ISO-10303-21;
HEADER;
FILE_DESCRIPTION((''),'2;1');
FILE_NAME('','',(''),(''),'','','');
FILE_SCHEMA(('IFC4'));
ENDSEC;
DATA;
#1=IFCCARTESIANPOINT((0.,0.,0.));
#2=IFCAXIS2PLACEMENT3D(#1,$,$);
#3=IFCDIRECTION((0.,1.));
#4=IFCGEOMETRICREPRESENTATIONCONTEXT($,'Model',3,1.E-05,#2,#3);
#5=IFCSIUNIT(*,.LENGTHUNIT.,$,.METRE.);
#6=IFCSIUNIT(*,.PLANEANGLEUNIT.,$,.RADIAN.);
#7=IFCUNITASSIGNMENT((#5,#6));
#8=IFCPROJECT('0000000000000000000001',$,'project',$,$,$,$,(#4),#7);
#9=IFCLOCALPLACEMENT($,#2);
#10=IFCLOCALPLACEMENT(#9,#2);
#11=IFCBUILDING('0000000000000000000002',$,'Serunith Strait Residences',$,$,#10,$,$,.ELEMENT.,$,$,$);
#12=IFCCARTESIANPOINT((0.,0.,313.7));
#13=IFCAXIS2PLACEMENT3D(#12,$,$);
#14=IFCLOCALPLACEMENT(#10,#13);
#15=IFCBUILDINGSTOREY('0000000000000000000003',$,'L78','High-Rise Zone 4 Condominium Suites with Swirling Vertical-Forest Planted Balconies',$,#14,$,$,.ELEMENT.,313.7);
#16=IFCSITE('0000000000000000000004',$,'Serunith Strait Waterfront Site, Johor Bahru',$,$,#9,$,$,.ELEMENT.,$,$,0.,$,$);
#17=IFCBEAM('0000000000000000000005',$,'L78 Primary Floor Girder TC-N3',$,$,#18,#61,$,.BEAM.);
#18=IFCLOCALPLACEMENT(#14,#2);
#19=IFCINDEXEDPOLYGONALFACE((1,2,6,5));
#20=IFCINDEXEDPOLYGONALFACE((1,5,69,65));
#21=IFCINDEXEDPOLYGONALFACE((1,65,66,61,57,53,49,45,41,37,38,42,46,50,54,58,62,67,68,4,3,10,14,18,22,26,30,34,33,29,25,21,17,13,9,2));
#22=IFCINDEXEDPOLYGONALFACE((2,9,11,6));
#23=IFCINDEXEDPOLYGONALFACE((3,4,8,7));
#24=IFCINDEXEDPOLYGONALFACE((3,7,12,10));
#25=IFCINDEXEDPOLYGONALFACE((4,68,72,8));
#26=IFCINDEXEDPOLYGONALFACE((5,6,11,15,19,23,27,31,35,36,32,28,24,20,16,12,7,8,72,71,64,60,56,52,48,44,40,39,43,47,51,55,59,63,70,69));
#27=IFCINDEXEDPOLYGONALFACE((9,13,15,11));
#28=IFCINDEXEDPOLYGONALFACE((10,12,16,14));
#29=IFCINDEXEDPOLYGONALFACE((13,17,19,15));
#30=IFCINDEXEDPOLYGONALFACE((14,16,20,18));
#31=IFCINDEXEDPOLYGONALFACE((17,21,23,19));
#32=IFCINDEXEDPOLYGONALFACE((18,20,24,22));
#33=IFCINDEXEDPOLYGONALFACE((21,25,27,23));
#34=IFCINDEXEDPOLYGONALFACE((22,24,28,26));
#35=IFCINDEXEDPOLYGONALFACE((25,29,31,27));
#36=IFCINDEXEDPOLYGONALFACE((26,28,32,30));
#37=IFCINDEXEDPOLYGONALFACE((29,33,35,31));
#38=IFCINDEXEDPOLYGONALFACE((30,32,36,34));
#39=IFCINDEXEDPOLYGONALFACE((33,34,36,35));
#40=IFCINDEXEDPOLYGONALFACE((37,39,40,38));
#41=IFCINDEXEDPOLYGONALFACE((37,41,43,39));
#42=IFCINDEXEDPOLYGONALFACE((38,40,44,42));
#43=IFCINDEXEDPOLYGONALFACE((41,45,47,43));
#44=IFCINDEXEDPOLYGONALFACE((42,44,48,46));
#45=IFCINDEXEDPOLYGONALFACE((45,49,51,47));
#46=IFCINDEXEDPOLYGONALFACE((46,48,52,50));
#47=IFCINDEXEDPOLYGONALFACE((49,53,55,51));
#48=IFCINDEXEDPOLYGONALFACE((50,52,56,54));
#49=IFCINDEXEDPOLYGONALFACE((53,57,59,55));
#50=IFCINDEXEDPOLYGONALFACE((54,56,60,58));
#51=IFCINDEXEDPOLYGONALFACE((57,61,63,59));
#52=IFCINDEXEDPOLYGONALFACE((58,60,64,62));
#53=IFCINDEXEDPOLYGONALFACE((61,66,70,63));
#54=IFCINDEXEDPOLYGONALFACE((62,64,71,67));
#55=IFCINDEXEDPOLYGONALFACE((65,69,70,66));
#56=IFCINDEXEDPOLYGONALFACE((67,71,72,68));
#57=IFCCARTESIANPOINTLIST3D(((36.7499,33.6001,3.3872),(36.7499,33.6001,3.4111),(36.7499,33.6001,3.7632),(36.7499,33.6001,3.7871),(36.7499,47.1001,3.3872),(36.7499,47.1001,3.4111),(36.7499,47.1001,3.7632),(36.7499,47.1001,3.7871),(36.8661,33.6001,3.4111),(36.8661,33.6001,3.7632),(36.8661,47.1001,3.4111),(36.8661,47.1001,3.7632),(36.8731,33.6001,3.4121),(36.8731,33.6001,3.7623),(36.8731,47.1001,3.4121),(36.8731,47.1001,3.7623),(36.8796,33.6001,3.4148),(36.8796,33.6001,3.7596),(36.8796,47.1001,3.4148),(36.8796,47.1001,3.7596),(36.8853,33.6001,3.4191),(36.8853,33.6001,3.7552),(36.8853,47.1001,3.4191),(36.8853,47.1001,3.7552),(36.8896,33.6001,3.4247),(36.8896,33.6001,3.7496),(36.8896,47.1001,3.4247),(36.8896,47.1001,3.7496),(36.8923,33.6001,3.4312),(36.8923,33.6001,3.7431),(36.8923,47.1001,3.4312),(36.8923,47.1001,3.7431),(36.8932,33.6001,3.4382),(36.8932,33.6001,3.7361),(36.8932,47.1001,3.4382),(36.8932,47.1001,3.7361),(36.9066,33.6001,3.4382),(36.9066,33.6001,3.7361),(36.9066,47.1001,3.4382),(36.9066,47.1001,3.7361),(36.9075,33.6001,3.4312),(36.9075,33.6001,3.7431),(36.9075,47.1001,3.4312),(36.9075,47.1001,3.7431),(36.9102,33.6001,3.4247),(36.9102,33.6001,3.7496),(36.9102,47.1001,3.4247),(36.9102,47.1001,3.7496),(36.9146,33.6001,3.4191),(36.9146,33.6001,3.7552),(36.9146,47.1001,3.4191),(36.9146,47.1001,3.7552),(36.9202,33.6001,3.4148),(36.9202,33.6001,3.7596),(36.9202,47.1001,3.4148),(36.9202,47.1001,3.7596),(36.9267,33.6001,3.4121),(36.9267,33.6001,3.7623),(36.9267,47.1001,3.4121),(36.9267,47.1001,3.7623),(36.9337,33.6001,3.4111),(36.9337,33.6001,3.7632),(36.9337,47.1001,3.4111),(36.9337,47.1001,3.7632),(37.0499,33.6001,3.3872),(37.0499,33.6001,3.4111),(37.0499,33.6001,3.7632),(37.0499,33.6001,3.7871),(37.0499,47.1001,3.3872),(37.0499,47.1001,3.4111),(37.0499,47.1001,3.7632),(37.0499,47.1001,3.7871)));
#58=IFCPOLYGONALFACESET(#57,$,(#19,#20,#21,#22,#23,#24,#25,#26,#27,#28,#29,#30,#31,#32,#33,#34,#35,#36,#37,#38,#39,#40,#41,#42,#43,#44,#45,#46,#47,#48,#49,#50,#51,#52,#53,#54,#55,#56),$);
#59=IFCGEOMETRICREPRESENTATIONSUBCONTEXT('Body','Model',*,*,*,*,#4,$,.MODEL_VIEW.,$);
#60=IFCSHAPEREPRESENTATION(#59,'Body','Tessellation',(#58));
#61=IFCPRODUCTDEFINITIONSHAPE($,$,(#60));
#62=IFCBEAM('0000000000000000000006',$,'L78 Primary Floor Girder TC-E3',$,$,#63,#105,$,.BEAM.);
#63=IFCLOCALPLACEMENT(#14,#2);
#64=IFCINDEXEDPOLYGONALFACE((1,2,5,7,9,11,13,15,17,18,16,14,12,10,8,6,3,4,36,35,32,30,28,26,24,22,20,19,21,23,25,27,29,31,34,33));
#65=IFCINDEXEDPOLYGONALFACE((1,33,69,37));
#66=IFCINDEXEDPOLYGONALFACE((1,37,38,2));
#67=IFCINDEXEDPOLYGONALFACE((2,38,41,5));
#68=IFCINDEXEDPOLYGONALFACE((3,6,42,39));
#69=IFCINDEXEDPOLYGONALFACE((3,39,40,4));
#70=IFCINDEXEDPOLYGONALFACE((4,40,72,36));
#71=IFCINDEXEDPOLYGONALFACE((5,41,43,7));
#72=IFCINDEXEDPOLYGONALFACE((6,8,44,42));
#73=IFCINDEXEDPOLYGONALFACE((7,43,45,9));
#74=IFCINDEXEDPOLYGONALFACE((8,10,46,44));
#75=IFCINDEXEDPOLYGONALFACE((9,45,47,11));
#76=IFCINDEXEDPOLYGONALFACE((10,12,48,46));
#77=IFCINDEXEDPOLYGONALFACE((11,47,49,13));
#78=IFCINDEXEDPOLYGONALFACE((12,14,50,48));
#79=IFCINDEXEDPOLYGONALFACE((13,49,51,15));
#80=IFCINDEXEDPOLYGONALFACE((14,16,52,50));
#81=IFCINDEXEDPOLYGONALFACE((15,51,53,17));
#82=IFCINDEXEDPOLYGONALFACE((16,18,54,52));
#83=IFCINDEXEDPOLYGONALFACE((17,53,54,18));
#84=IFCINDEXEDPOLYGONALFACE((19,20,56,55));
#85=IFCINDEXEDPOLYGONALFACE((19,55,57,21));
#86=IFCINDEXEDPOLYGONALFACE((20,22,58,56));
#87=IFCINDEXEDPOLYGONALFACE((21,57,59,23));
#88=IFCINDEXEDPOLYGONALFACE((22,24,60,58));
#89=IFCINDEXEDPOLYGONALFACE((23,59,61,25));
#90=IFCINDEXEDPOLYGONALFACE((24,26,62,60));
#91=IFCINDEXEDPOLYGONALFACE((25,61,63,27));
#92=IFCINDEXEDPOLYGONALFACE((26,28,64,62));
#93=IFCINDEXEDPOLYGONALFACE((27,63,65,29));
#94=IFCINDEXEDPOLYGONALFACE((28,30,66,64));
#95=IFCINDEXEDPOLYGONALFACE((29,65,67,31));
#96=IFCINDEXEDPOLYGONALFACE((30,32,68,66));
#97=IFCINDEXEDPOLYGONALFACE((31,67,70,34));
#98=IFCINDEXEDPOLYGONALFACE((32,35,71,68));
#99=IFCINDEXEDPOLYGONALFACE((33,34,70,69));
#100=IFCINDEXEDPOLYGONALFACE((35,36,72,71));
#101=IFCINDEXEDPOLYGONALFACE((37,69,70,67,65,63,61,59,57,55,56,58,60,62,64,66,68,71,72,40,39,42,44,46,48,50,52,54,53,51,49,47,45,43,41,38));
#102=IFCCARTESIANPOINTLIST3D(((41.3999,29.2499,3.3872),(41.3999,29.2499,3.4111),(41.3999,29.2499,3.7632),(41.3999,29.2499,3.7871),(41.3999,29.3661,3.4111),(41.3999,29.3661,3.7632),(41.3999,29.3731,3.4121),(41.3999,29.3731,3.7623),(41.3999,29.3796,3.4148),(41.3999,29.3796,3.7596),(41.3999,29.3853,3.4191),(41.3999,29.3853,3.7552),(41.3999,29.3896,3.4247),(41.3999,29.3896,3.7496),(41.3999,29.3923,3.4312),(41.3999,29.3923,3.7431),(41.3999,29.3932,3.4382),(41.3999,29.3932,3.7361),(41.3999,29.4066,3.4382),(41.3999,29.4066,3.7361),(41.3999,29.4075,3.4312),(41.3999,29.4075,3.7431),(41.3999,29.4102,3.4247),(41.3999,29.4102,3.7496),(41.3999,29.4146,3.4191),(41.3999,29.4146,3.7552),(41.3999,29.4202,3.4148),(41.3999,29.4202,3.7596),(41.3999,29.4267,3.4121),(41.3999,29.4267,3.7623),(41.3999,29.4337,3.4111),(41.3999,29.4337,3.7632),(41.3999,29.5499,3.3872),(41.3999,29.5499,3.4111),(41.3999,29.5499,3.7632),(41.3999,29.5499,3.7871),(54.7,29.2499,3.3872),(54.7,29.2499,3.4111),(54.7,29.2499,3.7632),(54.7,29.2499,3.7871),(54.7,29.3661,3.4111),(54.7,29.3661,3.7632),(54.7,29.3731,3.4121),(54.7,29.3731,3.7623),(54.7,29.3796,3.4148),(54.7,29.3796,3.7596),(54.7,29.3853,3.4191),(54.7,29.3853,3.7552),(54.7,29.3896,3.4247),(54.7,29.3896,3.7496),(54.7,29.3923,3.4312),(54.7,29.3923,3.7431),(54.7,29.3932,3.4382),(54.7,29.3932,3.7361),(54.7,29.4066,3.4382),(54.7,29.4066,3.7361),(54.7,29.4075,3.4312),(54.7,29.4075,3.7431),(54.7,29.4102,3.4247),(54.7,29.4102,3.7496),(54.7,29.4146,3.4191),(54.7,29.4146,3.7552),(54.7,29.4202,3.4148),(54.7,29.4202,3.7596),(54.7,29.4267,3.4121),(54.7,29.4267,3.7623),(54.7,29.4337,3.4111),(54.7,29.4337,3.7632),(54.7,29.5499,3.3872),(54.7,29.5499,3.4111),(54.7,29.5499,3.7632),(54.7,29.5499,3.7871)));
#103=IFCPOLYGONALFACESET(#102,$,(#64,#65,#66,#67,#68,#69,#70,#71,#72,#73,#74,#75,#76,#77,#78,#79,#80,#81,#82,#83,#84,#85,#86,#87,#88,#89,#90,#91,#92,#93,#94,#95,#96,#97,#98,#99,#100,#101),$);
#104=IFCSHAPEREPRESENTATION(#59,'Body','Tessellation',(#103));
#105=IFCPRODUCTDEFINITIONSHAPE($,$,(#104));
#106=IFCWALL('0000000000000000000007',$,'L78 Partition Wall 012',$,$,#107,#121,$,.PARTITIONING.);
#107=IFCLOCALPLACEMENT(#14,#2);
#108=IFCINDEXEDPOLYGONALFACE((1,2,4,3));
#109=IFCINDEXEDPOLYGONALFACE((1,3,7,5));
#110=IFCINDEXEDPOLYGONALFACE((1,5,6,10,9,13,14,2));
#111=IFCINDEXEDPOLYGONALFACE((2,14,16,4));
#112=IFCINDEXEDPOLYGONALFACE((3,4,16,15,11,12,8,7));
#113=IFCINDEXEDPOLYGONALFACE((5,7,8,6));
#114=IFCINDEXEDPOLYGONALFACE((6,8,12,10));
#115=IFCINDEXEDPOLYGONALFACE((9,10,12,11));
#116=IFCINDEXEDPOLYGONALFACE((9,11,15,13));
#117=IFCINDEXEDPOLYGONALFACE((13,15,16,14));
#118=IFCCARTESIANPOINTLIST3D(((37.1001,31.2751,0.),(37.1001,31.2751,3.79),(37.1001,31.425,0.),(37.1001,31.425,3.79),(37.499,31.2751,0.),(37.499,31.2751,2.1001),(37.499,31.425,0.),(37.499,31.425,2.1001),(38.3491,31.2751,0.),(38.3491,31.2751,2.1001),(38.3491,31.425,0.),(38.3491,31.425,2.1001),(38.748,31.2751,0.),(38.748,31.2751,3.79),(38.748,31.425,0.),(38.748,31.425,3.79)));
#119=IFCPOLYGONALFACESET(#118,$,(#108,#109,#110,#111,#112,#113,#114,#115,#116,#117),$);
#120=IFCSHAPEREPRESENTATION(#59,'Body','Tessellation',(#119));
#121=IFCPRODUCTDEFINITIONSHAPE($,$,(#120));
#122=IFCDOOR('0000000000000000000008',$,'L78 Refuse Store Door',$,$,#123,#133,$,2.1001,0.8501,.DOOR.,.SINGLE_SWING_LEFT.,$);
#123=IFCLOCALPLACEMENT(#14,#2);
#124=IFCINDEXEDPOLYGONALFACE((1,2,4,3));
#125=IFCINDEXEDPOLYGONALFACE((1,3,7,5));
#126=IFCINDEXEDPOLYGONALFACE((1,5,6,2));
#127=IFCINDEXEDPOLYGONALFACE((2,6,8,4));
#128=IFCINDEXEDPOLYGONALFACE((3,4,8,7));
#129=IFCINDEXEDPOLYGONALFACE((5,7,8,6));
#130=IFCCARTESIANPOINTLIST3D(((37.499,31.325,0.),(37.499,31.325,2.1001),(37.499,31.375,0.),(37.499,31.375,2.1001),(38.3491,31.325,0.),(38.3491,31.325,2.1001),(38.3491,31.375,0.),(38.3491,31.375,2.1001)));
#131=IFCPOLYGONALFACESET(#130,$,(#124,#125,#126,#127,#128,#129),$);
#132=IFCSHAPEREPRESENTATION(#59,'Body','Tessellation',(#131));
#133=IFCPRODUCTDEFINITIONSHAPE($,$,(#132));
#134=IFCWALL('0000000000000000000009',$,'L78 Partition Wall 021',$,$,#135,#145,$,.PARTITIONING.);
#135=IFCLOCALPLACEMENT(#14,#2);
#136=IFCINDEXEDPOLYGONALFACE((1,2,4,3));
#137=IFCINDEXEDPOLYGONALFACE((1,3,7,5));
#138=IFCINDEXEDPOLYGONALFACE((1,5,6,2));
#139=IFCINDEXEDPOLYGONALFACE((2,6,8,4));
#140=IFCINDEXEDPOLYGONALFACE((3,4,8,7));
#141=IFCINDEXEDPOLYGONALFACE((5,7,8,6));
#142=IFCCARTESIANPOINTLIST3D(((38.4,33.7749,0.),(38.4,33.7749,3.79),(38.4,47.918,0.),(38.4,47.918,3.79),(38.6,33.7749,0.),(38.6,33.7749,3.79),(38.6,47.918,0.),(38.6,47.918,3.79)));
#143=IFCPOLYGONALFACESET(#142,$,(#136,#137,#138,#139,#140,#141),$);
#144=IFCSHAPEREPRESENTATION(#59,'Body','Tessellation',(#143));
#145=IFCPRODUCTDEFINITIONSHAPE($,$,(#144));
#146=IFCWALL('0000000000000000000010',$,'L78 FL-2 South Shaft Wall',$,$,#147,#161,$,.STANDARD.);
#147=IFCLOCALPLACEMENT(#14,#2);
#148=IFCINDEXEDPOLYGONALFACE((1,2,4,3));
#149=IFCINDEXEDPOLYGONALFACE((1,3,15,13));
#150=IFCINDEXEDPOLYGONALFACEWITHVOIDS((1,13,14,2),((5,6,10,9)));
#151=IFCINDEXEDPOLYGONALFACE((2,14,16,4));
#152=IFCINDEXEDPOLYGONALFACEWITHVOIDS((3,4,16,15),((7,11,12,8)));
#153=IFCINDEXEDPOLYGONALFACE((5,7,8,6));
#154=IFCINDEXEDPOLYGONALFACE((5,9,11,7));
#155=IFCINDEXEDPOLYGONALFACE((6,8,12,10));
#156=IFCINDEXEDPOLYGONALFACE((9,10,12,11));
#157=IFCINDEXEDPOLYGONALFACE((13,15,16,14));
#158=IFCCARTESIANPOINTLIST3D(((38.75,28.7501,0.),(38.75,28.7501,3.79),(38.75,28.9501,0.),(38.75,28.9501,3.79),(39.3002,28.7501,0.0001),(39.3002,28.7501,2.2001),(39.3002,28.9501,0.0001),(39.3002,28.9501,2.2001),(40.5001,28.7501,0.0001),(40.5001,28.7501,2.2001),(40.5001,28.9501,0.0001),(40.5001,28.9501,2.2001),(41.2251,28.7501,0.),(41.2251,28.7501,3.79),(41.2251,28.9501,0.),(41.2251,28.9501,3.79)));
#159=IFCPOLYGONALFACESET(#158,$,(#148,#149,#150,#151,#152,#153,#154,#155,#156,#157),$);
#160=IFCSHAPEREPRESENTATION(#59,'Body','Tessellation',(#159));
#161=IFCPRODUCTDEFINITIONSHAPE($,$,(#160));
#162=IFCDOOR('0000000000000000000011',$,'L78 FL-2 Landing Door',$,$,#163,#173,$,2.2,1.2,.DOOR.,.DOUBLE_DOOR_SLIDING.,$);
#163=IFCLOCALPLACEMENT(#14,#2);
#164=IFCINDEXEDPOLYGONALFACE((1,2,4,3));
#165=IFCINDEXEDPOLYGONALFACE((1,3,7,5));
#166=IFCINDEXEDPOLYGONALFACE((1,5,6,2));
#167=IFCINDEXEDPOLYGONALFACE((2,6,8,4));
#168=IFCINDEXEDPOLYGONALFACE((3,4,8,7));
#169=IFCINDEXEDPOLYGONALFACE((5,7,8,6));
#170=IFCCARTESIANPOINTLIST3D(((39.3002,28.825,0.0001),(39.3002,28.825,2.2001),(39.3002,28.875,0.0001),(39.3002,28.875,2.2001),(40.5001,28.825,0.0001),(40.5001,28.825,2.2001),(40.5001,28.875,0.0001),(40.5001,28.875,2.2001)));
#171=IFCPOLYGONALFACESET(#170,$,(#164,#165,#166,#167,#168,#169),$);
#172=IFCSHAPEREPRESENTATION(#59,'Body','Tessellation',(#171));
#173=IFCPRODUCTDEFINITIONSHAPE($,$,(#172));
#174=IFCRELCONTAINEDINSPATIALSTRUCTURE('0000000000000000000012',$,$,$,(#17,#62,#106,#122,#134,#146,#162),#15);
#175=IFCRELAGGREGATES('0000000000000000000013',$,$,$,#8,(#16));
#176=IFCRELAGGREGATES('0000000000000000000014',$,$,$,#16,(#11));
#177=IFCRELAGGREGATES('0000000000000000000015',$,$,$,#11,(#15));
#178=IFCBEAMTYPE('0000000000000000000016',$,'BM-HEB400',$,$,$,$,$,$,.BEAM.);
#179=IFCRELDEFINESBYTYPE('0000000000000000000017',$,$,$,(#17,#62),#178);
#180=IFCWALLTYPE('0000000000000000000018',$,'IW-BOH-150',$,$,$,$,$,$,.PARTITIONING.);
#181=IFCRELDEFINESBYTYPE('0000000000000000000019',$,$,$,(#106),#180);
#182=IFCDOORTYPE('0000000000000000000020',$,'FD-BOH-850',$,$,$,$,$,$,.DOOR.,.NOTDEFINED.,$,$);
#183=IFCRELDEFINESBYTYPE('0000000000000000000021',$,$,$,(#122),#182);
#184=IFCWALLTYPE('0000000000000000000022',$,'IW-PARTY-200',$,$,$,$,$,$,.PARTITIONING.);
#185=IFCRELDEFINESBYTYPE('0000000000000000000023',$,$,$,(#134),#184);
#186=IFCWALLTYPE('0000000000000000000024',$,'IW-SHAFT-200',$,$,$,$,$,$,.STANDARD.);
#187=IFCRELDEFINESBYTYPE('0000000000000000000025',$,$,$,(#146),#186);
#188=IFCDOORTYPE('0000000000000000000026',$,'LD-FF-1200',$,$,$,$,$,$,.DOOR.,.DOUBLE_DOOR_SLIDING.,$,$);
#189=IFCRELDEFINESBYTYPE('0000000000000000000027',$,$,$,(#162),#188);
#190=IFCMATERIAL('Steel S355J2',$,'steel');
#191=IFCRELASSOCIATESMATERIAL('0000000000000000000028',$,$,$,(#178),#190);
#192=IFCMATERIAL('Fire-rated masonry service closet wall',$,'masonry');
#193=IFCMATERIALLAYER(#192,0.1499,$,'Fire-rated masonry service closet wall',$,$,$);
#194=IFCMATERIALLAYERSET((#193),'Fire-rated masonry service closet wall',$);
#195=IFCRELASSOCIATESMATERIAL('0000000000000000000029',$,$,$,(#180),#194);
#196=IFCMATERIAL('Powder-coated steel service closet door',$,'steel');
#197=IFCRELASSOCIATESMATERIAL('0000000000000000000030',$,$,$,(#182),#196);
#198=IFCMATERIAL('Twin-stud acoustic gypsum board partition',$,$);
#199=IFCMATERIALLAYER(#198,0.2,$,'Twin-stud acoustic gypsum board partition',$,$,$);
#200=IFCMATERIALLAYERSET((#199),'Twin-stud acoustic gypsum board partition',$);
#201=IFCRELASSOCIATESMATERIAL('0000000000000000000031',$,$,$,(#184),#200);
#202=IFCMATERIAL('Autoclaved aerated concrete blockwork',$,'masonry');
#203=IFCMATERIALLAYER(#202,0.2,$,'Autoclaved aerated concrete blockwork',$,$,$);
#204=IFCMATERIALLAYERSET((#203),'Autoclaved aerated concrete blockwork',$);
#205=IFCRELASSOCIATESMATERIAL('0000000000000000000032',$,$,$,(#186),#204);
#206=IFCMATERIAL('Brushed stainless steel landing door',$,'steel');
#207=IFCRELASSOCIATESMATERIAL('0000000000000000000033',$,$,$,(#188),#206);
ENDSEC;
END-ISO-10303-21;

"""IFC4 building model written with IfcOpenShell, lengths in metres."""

from ifc_helpers import new_model, si_unit, direction, frame, frame_2d, origin, origin_2d, place, context, subcontext, project, spatial, rectangle, i_section, extrude, source, transform, mapped, material, layer, layer_set, material_profile, profile_set, type_object, element, fill, save


model = new_model("IFC4")

# Units and contexts
model_context = context("Model", 3, precision=1e-05, world=origin(), true_north=direction((0.0, 1.0)))
body_context = subcontext(model_context, "Body", "Model", "MODEL_VIEW")
ifc_project = project(units=[si_unit("LENGTHUNIT", "METRE"), si_unit("PLANEANGLEUNIT", "RADIAN")], contexts=[model_context])

# Site, building, storey
site_placement = place(None, origin())
site = spatial("IfcSite", under=ifc_project, at=site_placement, Name="Serunith Strait Waterfront Site, Johor Bahru", CompositionType="ELEMENT", RefElevation=0.0)
building_placement = place(site_placement, origin())
building = spatial("IfcBuilding", under=site, at=building_placement, Name="Serunith Strait Residences", CompositionType="ELEMENT")
storey_placement = place(building_placement, frame((0.0, 0.0, 313.7)))
storey = spatial("IfcBuildingStorey", under=building, at=storey_placement, Name="L78", Description="High-Rise Zone 4 Condominium Suites with Swirling Vertical-Forest Planted Balconies", CompositionType="ELEMENT", Elevation=313.7)

# Beams
ifc_material_1 = material(Name="Steel S355J2", Category="steel")
ifc_material_profile = material_profile(ifc_material_1, i_section(OverallWidth=0.3, OverallDepth=0.3999, WebThickness=0.0134, FlangeThickness=0.0239, FilletRadius=0.0271, at=origin_2d()), Name="HEB 400")
ifc_profile_set = profile_set([ifc_material_profile], Name="Steel S355J2")
beam_type = type_object("IfcBeamType", Name="BM-HEB400", PredefinedType="BEAM", material=ifc_profile_set)
shared_shape_1 = source(origin(), body_context, "Body", "SweptSolid", [
    extrude(i_section(OverallWidth=0.3, OverallDepth=0.3999, WebThickness=0.0134, FlangeThickness=0.0239, FilletRadius=0.0271, at=origin_2d()), origin(), (0.0, 0.0, 1.0), 13.5),
])
beam_1_placement = place(storey_placement, frame((36.8999, 33.6001, 3.5872), z_axis=(0.0, 1.0, 0.0), x_axis=(-1.0, 0.0, 0.0)))
element("IfcBeam", 1, at=beam_1_placement, inside=storey, type_object=beam_type, Name="L78 Primary Floor Girder TC-N3", PredefinedType="BEAM", context=body_context, shape_type="MappedRepresentation", body=[
    mapped(shared_shape_1, transform((0.0, 0.0, 0.0), scale=1.0)),
])
shared_shape_2 = source(origin(), body_context, "Body", "SweptSolid", [
    extrude(i_section(OverallWidth=0.3, OverallDepth=0.3999, WebThickness=0.0134, FlangeThickness=0.0239, FilletRadius=0.0271, at=origin_2d()), origin(), (0.0, 0.0, 1.0), 13.3),
])
beam_2_placement = place(storey_placement, frame((41.3999, 29.3999, 3.5872), z_axis=(1.0, 0.0, 0.0), x_axis=(0.0, 1.0, 0.0)))
element("IfcBeam", 2, at=beam_2_placement, inside=storey, type_object=beam_type, Name="L78 Primary Floor Girder TC-E3", PredefinedType="BEAM", context=body_context, shape_type="MappedRepresentation", body=[
    mapped(shared_shape_2, transform((0.0, 0.0, 0.0), scale=1.0)),
])

# Wall, opening, door
ifc_material_2 = material(Name="Fire-rated masonry service closet wall", Category="masonry")
ifc_layer_1 = layer(ifc_material_2, 0.1499, Name="Fire-rated masonry service closet wall")
ifc_layer_set_1 = layer_set([ifc_layer_1], Name="Fire-rated masonry service closet wall")
wall_type_1 = type_object("IfcWallType", Name="IW-BOH-150", PredefinedType="PARTITIONING", material=ifc_layer_set_1)
wall_1_placement = place(storey_placement, frame((37.1001, 31.3501, 0.0), z_axis=(0.0, 0.0, 1.0), x_axis=(1.0, 0.0, 0.0)))
wall_1 = element("IfcWall", 3, at=wall_1_placement, inside=storey, type_object=wall_type_1, Name="L78 Partition Wall 012", PredefinedType="PARTITIONING", context=body_context, shape_type="SweptSolid", body=[
    extrude(rectangle(XDim=1.6479, YDim=0.1499, at=frame_2d((0.824, 0.0))), origin(), (0.0, 0.0, 1.0), 3.79),
])
opening_1_placement = place(wall_1_placement, frame((0.3989, 0.0, 0.0)))
opening_1 = element("IfcOpeningElement", 4, at=opening_1_placement, cuts=wall_1, PredefinedType="OPENING", context=body_context, shape_type="SweptSolid", body=[
    extrude(rectangle(XDim=0.8501, YDim=2.1001, at=frame_2d((0.425, 1.05))), frame((0.0, 0.085, 0.0), z_axis=(0.0, -1.0, 0.0), x_axis=(1.0, 0.0, 0.0)), (0.0, 0.0, 1.0), 0.1699),
])
ifc_material_3 = material(Name="Powder-coated steel service closet door", Category="steel")
door_type_1 = type_object("IfcDoorType", Name="FD-BOH-850", OperationType="NOTDEFINED", PredefinedType="DOOR", material=ifc_material_3)
shared_shape_3 = source(origin(), body_context, "Body", "SweptSolid", [
    extrude(rectangle(XDim=0.8501, YDim=2.1001, at=frame_2d((0.425, 1.05))), frame((0.0, 0.0249, 0.0), z_axis=(0.0, -1.0, 0.0), x_axis=(1.0, 0.0, 0.0)), (0.0, 0.0, 1.0), 0.05),
])
door_1_placement = place(opening_1_placement, origin())
door_1 = element("IfcDoor", 5, at=door_1_placement, inside=storey, type_object=door_type_1, Name="L78 Refuse Store Door", OperationType="SINGLE_SWING_LEFT", OverallHeight=2.1001, OverallWidth=0.8501, PredefinedType="DOOR", context=body_context, shape_type="MappedRepresentation", body=[
    mapped(shared_shape_3, transform((0.0, 0.0, 0.0), scale=1.0)),
])
fill(opening_1, door_1)

# Wall
ifc_material_4 = material(Name="Twin-stud acoustic gypsum board partition")
ifc_layer_2 = layer(ifc_material_4, 0.2, Name="Twin-stud acoustic gypsum board partition")
ifc_layer_set_2 = layer_set([ifc_layer_2], Name="Twin-stud acoustic gypsum board partition")
wall_type_2 = type_object("IfcWallType", Name="IW-PARTY-200", PredefinedType="PARTITIONING", material=ifc_layer_set_2)
wall_2_placement = place(storey_placement, frame((38.5, 33.7749, 0.0), z_axis=(0.0, 0.0, 1.0), x_axis=(0.0, 1.0, 0.0)))
element("IfcWall", 6, at=wall_2_placement, inside=storey, type_object=wall_type_2, Name="L78 Partition Wall 021", PredefinedType="PARTITIONING", context=body_context, shape_type="SweptSolid", body=[
    extrude(rectangle(XDim=14.1431, YDim=0.2, at=frame_2d((7.0715, 0.0))), origin(), (0.0, 0.0, 1.0), 3.79),
])

# Wall, opening, door
ifc_material_5 = material(Name="Autoclaved aerated concrete blockwork", Category="masonry")
ifc_layer_3 = layer(ifc_material_5, 0.2, Name="Autoclaved aerated concrete blockwork")
ifc_layer_set_3 = layer_set([ifc_layer_3], Name="Autoclaved aerated concrete blockwork")
wall_type_3 = type_object("IfcWallType", Name="IW-SHAFT-200", PredefinedType="STANDARD", material=ifc_layer_set_3)
wall_3_placement = place(storey_placement, frame((38.75, 28.8501, 0.0), z_axis=(0.0, 0.0, 1.0), x_axis=(1.0, 0.0, 0.0)))
wall_3 = element("IfcWall", 7, at=wall_3_placement, inside=storey, type_object=wall_type_3, Name="L78 FL-2 South Shaft Wall", PredefinedType="STANDARD", context=body_context, shape_type="SweptSolid", body=[
    extrude(rectangle(XDim=2.4751, YDim=0.2, at=frame_2d((1.2375, 0.0))), origin(), (0.0, 0.0, 1.0), 3.79),
])
opening_2_placement = place(wall_3_placement, frame((0.55, 0.0, 0.0)))
opening_2 = element("IfcOpeningElement", 8, at=opening_2_placement, cuts=wall_3, PredefinedType="OPENING", context=body_context, shape_type="SweptSolid", body=[
    extrude(rectangle(XDim=1.2, YDim=2.2, at=frame_2d((0.6001, 1.1001))), frame((0.0, 0.1099, 0.0), z_axis=(0.0, -1.0, 0.0), x_axis=(1.0, 0.0, 0.0)), (0.0, 0.0, 1.0), 0.22),
])
ifc_material_6 = material(Name="Brushed stainless steel landing door", Category="steel")
door_type_2 = type_object("IfcDoorType", Name="LD-FF-1200", OperationType="DOUBLE_DOOR_SLIDING", PredefinedType="DOOR", material=ifc_material_6)
shared_shape_4 = source(origin(), body_context, "Body", "SweptSolid", [
    extrude(rectangle(XDim=1.2, YDim=2.2, at=frame_2d((0.6001, 1.1001))), frame((0.0, 0.0249, 0.0), z_axis=(0.0, -1.0, 0.0), x_axis=(1.0, 0.0, 0.0)), (0.0, 0.0, 1.0), 0.05),
])
door_2_placement = place(opening_2_placement, origin())
door_2 = element("IfcDoor", 9, at=door_2_placement, inside=storey, type_object=door_type_2, Name="L78 FL-2 Landing Door", OperationType="DOUBLE_DOOR_SLIDING", OverallHeight=2.2, OverallWidth=1.2, PredefinedType="DOOR", context=body_context, shape_type="MappedRepresentation", body=[
    mapped(shared_shape_4, transform((0.0, 0.0, 0.0), scale=1.0)),
])
fill(opening_2, door_2)

save(model, "model.ifc")
